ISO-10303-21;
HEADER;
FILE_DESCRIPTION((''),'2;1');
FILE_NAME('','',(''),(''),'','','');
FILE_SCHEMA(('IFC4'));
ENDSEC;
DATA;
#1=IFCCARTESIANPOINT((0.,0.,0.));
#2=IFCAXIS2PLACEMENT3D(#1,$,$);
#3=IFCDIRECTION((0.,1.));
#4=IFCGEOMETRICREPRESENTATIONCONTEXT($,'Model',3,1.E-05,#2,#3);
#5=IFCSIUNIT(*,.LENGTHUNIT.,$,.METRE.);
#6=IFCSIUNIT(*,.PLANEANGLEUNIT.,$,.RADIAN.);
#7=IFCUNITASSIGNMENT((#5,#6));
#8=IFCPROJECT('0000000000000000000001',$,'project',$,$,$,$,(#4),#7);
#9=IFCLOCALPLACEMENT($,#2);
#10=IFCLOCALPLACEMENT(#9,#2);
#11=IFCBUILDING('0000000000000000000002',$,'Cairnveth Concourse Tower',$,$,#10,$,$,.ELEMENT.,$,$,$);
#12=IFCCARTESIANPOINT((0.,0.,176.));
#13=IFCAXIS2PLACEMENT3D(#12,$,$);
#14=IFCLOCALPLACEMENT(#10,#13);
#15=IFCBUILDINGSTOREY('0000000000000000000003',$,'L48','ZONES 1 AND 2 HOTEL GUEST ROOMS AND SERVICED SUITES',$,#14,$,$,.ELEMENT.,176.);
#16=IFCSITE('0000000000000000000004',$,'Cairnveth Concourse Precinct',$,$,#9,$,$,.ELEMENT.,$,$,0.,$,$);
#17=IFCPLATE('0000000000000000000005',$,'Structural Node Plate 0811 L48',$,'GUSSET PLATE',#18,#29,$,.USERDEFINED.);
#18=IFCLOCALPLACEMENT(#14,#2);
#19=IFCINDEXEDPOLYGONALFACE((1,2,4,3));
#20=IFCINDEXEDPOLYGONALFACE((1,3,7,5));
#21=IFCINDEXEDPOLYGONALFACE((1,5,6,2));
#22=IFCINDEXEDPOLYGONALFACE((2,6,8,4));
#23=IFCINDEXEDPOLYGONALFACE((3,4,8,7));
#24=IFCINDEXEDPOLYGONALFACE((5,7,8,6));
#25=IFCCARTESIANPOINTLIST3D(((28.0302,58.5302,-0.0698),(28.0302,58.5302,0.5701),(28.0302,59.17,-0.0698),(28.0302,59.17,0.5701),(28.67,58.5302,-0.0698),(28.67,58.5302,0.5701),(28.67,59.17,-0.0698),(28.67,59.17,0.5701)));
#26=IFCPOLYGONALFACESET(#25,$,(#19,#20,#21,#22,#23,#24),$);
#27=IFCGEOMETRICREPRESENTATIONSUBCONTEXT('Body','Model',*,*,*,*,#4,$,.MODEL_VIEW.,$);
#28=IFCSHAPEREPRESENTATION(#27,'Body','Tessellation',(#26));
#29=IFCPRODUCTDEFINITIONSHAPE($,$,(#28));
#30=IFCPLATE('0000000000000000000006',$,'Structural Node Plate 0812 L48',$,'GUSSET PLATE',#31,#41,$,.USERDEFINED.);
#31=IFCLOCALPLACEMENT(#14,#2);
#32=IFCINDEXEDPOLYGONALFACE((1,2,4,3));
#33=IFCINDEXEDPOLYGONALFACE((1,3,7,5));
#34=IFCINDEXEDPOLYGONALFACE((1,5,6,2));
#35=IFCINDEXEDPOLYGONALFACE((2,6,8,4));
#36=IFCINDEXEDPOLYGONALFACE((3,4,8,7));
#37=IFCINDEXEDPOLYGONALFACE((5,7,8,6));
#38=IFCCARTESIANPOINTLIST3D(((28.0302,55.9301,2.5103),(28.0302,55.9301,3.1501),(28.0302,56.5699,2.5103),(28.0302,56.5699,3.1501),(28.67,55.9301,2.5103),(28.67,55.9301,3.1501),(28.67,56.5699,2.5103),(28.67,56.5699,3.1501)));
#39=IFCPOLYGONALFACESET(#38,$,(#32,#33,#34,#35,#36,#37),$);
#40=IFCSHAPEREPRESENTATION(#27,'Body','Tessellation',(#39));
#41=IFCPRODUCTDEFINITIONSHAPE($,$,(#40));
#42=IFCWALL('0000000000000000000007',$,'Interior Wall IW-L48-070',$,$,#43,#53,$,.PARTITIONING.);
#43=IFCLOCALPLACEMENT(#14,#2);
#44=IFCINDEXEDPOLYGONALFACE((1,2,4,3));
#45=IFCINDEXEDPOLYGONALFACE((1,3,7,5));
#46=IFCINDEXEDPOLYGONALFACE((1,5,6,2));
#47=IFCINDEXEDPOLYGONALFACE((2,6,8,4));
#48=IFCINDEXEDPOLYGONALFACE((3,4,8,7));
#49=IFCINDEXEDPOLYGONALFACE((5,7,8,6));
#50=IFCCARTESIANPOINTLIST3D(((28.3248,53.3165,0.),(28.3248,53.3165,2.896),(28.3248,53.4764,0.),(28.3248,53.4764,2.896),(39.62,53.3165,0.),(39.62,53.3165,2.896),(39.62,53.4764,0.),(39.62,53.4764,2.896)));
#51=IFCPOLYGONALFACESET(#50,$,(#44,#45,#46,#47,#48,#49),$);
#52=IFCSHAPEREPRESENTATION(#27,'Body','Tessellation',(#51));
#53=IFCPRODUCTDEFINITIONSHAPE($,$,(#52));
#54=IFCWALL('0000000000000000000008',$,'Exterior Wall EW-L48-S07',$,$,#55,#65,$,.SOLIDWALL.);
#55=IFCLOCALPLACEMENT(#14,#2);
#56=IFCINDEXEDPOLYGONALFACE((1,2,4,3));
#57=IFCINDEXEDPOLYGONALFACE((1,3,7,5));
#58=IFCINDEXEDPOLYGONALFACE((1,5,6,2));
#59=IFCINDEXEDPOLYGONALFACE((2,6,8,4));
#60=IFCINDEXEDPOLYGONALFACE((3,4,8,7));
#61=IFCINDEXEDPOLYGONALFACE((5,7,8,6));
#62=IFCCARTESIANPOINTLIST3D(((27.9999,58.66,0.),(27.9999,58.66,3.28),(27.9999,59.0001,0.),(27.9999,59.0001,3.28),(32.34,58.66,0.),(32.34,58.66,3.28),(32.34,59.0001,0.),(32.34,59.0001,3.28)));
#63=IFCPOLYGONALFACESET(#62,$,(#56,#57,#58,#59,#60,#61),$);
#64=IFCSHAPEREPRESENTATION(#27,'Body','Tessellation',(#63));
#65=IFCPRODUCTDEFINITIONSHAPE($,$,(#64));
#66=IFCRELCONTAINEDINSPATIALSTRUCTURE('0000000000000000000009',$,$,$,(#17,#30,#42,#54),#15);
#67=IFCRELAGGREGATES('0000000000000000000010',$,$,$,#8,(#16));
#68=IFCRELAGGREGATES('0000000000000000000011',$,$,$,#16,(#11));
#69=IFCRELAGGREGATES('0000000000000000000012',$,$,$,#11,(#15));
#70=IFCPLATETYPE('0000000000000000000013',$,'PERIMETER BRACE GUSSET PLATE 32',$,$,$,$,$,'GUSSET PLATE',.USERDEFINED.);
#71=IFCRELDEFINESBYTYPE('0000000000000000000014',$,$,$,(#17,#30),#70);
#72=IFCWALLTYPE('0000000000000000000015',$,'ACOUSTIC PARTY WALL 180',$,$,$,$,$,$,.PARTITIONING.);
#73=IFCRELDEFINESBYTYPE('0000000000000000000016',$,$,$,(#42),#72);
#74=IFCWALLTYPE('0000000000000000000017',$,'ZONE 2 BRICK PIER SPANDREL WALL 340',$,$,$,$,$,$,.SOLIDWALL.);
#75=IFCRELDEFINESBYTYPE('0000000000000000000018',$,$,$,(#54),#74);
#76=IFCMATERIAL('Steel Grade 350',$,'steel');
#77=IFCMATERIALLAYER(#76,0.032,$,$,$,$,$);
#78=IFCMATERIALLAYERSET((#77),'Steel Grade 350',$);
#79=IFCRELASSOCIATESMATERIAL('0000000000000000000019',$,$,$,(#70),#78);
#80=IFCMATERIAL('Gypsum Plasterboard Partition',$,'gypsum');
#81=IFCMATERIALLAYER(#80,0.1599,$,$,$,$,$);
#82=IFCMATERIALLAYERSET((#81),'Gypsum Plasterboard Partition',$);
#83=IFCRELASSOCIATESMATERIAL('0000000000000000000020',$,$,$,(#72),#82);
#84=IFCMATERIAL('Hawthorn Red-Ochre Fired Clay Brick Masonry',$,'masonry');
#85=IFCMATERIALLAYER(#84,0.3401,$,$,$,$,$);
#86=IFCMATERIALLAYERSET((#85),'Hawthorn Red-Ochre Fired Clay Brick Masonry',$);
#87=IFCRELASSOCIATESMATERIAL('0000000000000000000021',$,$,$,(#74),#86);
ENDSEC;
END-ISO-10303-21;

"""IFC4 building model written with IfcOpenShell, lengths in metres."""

from ifc_helpers import new_model, si_unit, direction, frame, frame_2d, origin, origin_2d, place, context, subcontext, project, spatial, rectangle, extrude, material, layer, layer_set, type_object, element, save


model = new_model("IFC4")

# Units and contexts
model_context = context("Model", 3, precision=1e-05, world=origin(), true_north=direction((0.0, 1.0)))
body_context = subcontext(model_context, "Body", "Model", "MODEL_VIEW")
ifc_project = project(units=[si_unit("LENGTHUNIT", "METRE"), si_unit("PLANEANGLEUNIT", "RADIAN")], contexts=[model_context])

# Site, building, storey
site_placement = place(None, origin())
site = spatial("IfcSite", under=ifc_project, at=site_placement, Name="Cairnveth Concourse Precinct", CompositionType="ELEMENT", RefElevation=0.0)
building_placement = place(site_placement, origin())
building = spatial("IfcBuilding", under=site, at=building_placement, Name="Cairnveth Concourse Tower", CompositionType="ELEMENT")
storey_placement = place(building_placement, frame((0.0, 0.0, 176.0)))
storey = spatial("IfcBuildingStorey", under=building, at=storey_placement, Name="L48", Description="ZONES 1 AND 2 HOTEL GUEST ROOMS AND SERVICED SUITES", CompositionType="ELEMENT", Elevation=176.0)

# Shared definitions
ifc_material_1 = material(Name="Steel Grade 350", Category="steel")

# Plates
ifc_layer_1 = layer(ifc_material_1, 0.032)
ifc_layer_set_1 = layer_set([ifc_layer_1], Name="Steel Grade 350")
plate_type = type_object("IfcPlateType", Name="PERIMETER BRACE GUSSET PLATE 32", ElementType="GUSSET PLATE", PredefinedType="USERDEFINED", material=ifc_layer_set_1)
for number, where, z_axis, x_axis, name in (
    (1, (28.3501, 58.8501, -0.0698), (0.0, 0.0, 1.0), (1.0, 0.0, 0.0), "Structural Node Plate 0811 L48"),
    (2, (28.3501, 56.25, 2.5103), (0.0, 0.0, 1.0), (1.0, 0.0, 0.0), "Structural Node Plate 0812 L48"),
):
    element("IfcPlate", number, at=place(storey_placement, frame(where, z_axis=z_axis, x_axis=x_axis)), inside=storey, type_object=plate_type, Name=name, ObjectType="GUSSET PLATE", PredefinedType="USERDEFINED", context=body_context, shape_type="SweptSolid", body=[
        extrude(rectangle(XDim=0.6399, YDim=0.6399, at=origin_2d()), origin(), (0.0, 0.0, 1.0), 0.6399),
    ])

# Walls
ifc_material_2 = material(Name="Gypsum Plasterboard Partition", Category="gypsum")
ifc_layer_2 = layer(ifc_material_2, 0.1599)
ifc_layer_set_2 = layer_set([ifc_layer_2], Name="Gypsum Plasterboard Partition")
wall_type_1 = type_object("IfcWallType", Name="ACOUSTIC PARTY WALL 180", PredefinedType="PARTITIONING", material=ifc_layer_set_2)
wall_1_placement = place(storey_placement, frame((28.325, 53.3965, 0.0), z_axis=(0.0, 0.0, 1.0), x_axis=(1.0, 0.0, 0.0)))
element("IfcWall", 3, at=wall_1_placement, inside=storey, type_object=wall_type_1, Name="Interior Wall IW-L48-070", PredefinedType="PARTITIONING", context=body_context, shape_type="SweptSolid", body=[
    extrude(rectangle(XDim=11.2952, YDim=0.1599, at=frame_2d((5.6475, 0.0))), origin(), (0.0, 0.0, 1.0), 2.896),
])
ifc_material_3 = material(Name="Hawthorn Red-Ochre Fired Clay Brick Masonry", Category="masonry")
ifc_layer_3 = layer(ifc_material_3, 0.3401)
ifc_layer_set_3 = layer_set([ifc_layer_3], Name="Hawthorn Red-Ochre Fired Clay Brick Masonry")
wall_type_2 = type_object("IfcWallType", Name="ZONE 2 BRICK PIER SPANDREL WALL 340", PredefinedType="SOLIDWALL", material=ifc_layer_set_3)
wall_2_placement = place(storey_placement, frame((28.0, 58.8301, 0.0), z_axis=(0.0, 0.0, 1.0), x_axis=(1.0, 0.0, 0.0)))
element("IfcWall", 4, at=wall_2_placement, inside=storey, type_object=wall_type_2, Name="Exterior Wall EW-L48-S07", PredefinedType="SOLIDWALL", context=body_context, shape_type="SweptSolid", body=[
    extrude(rectangle(XDim=4.3401, YDim=0.3401, at=frame_2d((2.1699, 0.0))), origin(), (0.0, 0.0, 1.0), 3.28),
])

save(model, "model.ifc")
